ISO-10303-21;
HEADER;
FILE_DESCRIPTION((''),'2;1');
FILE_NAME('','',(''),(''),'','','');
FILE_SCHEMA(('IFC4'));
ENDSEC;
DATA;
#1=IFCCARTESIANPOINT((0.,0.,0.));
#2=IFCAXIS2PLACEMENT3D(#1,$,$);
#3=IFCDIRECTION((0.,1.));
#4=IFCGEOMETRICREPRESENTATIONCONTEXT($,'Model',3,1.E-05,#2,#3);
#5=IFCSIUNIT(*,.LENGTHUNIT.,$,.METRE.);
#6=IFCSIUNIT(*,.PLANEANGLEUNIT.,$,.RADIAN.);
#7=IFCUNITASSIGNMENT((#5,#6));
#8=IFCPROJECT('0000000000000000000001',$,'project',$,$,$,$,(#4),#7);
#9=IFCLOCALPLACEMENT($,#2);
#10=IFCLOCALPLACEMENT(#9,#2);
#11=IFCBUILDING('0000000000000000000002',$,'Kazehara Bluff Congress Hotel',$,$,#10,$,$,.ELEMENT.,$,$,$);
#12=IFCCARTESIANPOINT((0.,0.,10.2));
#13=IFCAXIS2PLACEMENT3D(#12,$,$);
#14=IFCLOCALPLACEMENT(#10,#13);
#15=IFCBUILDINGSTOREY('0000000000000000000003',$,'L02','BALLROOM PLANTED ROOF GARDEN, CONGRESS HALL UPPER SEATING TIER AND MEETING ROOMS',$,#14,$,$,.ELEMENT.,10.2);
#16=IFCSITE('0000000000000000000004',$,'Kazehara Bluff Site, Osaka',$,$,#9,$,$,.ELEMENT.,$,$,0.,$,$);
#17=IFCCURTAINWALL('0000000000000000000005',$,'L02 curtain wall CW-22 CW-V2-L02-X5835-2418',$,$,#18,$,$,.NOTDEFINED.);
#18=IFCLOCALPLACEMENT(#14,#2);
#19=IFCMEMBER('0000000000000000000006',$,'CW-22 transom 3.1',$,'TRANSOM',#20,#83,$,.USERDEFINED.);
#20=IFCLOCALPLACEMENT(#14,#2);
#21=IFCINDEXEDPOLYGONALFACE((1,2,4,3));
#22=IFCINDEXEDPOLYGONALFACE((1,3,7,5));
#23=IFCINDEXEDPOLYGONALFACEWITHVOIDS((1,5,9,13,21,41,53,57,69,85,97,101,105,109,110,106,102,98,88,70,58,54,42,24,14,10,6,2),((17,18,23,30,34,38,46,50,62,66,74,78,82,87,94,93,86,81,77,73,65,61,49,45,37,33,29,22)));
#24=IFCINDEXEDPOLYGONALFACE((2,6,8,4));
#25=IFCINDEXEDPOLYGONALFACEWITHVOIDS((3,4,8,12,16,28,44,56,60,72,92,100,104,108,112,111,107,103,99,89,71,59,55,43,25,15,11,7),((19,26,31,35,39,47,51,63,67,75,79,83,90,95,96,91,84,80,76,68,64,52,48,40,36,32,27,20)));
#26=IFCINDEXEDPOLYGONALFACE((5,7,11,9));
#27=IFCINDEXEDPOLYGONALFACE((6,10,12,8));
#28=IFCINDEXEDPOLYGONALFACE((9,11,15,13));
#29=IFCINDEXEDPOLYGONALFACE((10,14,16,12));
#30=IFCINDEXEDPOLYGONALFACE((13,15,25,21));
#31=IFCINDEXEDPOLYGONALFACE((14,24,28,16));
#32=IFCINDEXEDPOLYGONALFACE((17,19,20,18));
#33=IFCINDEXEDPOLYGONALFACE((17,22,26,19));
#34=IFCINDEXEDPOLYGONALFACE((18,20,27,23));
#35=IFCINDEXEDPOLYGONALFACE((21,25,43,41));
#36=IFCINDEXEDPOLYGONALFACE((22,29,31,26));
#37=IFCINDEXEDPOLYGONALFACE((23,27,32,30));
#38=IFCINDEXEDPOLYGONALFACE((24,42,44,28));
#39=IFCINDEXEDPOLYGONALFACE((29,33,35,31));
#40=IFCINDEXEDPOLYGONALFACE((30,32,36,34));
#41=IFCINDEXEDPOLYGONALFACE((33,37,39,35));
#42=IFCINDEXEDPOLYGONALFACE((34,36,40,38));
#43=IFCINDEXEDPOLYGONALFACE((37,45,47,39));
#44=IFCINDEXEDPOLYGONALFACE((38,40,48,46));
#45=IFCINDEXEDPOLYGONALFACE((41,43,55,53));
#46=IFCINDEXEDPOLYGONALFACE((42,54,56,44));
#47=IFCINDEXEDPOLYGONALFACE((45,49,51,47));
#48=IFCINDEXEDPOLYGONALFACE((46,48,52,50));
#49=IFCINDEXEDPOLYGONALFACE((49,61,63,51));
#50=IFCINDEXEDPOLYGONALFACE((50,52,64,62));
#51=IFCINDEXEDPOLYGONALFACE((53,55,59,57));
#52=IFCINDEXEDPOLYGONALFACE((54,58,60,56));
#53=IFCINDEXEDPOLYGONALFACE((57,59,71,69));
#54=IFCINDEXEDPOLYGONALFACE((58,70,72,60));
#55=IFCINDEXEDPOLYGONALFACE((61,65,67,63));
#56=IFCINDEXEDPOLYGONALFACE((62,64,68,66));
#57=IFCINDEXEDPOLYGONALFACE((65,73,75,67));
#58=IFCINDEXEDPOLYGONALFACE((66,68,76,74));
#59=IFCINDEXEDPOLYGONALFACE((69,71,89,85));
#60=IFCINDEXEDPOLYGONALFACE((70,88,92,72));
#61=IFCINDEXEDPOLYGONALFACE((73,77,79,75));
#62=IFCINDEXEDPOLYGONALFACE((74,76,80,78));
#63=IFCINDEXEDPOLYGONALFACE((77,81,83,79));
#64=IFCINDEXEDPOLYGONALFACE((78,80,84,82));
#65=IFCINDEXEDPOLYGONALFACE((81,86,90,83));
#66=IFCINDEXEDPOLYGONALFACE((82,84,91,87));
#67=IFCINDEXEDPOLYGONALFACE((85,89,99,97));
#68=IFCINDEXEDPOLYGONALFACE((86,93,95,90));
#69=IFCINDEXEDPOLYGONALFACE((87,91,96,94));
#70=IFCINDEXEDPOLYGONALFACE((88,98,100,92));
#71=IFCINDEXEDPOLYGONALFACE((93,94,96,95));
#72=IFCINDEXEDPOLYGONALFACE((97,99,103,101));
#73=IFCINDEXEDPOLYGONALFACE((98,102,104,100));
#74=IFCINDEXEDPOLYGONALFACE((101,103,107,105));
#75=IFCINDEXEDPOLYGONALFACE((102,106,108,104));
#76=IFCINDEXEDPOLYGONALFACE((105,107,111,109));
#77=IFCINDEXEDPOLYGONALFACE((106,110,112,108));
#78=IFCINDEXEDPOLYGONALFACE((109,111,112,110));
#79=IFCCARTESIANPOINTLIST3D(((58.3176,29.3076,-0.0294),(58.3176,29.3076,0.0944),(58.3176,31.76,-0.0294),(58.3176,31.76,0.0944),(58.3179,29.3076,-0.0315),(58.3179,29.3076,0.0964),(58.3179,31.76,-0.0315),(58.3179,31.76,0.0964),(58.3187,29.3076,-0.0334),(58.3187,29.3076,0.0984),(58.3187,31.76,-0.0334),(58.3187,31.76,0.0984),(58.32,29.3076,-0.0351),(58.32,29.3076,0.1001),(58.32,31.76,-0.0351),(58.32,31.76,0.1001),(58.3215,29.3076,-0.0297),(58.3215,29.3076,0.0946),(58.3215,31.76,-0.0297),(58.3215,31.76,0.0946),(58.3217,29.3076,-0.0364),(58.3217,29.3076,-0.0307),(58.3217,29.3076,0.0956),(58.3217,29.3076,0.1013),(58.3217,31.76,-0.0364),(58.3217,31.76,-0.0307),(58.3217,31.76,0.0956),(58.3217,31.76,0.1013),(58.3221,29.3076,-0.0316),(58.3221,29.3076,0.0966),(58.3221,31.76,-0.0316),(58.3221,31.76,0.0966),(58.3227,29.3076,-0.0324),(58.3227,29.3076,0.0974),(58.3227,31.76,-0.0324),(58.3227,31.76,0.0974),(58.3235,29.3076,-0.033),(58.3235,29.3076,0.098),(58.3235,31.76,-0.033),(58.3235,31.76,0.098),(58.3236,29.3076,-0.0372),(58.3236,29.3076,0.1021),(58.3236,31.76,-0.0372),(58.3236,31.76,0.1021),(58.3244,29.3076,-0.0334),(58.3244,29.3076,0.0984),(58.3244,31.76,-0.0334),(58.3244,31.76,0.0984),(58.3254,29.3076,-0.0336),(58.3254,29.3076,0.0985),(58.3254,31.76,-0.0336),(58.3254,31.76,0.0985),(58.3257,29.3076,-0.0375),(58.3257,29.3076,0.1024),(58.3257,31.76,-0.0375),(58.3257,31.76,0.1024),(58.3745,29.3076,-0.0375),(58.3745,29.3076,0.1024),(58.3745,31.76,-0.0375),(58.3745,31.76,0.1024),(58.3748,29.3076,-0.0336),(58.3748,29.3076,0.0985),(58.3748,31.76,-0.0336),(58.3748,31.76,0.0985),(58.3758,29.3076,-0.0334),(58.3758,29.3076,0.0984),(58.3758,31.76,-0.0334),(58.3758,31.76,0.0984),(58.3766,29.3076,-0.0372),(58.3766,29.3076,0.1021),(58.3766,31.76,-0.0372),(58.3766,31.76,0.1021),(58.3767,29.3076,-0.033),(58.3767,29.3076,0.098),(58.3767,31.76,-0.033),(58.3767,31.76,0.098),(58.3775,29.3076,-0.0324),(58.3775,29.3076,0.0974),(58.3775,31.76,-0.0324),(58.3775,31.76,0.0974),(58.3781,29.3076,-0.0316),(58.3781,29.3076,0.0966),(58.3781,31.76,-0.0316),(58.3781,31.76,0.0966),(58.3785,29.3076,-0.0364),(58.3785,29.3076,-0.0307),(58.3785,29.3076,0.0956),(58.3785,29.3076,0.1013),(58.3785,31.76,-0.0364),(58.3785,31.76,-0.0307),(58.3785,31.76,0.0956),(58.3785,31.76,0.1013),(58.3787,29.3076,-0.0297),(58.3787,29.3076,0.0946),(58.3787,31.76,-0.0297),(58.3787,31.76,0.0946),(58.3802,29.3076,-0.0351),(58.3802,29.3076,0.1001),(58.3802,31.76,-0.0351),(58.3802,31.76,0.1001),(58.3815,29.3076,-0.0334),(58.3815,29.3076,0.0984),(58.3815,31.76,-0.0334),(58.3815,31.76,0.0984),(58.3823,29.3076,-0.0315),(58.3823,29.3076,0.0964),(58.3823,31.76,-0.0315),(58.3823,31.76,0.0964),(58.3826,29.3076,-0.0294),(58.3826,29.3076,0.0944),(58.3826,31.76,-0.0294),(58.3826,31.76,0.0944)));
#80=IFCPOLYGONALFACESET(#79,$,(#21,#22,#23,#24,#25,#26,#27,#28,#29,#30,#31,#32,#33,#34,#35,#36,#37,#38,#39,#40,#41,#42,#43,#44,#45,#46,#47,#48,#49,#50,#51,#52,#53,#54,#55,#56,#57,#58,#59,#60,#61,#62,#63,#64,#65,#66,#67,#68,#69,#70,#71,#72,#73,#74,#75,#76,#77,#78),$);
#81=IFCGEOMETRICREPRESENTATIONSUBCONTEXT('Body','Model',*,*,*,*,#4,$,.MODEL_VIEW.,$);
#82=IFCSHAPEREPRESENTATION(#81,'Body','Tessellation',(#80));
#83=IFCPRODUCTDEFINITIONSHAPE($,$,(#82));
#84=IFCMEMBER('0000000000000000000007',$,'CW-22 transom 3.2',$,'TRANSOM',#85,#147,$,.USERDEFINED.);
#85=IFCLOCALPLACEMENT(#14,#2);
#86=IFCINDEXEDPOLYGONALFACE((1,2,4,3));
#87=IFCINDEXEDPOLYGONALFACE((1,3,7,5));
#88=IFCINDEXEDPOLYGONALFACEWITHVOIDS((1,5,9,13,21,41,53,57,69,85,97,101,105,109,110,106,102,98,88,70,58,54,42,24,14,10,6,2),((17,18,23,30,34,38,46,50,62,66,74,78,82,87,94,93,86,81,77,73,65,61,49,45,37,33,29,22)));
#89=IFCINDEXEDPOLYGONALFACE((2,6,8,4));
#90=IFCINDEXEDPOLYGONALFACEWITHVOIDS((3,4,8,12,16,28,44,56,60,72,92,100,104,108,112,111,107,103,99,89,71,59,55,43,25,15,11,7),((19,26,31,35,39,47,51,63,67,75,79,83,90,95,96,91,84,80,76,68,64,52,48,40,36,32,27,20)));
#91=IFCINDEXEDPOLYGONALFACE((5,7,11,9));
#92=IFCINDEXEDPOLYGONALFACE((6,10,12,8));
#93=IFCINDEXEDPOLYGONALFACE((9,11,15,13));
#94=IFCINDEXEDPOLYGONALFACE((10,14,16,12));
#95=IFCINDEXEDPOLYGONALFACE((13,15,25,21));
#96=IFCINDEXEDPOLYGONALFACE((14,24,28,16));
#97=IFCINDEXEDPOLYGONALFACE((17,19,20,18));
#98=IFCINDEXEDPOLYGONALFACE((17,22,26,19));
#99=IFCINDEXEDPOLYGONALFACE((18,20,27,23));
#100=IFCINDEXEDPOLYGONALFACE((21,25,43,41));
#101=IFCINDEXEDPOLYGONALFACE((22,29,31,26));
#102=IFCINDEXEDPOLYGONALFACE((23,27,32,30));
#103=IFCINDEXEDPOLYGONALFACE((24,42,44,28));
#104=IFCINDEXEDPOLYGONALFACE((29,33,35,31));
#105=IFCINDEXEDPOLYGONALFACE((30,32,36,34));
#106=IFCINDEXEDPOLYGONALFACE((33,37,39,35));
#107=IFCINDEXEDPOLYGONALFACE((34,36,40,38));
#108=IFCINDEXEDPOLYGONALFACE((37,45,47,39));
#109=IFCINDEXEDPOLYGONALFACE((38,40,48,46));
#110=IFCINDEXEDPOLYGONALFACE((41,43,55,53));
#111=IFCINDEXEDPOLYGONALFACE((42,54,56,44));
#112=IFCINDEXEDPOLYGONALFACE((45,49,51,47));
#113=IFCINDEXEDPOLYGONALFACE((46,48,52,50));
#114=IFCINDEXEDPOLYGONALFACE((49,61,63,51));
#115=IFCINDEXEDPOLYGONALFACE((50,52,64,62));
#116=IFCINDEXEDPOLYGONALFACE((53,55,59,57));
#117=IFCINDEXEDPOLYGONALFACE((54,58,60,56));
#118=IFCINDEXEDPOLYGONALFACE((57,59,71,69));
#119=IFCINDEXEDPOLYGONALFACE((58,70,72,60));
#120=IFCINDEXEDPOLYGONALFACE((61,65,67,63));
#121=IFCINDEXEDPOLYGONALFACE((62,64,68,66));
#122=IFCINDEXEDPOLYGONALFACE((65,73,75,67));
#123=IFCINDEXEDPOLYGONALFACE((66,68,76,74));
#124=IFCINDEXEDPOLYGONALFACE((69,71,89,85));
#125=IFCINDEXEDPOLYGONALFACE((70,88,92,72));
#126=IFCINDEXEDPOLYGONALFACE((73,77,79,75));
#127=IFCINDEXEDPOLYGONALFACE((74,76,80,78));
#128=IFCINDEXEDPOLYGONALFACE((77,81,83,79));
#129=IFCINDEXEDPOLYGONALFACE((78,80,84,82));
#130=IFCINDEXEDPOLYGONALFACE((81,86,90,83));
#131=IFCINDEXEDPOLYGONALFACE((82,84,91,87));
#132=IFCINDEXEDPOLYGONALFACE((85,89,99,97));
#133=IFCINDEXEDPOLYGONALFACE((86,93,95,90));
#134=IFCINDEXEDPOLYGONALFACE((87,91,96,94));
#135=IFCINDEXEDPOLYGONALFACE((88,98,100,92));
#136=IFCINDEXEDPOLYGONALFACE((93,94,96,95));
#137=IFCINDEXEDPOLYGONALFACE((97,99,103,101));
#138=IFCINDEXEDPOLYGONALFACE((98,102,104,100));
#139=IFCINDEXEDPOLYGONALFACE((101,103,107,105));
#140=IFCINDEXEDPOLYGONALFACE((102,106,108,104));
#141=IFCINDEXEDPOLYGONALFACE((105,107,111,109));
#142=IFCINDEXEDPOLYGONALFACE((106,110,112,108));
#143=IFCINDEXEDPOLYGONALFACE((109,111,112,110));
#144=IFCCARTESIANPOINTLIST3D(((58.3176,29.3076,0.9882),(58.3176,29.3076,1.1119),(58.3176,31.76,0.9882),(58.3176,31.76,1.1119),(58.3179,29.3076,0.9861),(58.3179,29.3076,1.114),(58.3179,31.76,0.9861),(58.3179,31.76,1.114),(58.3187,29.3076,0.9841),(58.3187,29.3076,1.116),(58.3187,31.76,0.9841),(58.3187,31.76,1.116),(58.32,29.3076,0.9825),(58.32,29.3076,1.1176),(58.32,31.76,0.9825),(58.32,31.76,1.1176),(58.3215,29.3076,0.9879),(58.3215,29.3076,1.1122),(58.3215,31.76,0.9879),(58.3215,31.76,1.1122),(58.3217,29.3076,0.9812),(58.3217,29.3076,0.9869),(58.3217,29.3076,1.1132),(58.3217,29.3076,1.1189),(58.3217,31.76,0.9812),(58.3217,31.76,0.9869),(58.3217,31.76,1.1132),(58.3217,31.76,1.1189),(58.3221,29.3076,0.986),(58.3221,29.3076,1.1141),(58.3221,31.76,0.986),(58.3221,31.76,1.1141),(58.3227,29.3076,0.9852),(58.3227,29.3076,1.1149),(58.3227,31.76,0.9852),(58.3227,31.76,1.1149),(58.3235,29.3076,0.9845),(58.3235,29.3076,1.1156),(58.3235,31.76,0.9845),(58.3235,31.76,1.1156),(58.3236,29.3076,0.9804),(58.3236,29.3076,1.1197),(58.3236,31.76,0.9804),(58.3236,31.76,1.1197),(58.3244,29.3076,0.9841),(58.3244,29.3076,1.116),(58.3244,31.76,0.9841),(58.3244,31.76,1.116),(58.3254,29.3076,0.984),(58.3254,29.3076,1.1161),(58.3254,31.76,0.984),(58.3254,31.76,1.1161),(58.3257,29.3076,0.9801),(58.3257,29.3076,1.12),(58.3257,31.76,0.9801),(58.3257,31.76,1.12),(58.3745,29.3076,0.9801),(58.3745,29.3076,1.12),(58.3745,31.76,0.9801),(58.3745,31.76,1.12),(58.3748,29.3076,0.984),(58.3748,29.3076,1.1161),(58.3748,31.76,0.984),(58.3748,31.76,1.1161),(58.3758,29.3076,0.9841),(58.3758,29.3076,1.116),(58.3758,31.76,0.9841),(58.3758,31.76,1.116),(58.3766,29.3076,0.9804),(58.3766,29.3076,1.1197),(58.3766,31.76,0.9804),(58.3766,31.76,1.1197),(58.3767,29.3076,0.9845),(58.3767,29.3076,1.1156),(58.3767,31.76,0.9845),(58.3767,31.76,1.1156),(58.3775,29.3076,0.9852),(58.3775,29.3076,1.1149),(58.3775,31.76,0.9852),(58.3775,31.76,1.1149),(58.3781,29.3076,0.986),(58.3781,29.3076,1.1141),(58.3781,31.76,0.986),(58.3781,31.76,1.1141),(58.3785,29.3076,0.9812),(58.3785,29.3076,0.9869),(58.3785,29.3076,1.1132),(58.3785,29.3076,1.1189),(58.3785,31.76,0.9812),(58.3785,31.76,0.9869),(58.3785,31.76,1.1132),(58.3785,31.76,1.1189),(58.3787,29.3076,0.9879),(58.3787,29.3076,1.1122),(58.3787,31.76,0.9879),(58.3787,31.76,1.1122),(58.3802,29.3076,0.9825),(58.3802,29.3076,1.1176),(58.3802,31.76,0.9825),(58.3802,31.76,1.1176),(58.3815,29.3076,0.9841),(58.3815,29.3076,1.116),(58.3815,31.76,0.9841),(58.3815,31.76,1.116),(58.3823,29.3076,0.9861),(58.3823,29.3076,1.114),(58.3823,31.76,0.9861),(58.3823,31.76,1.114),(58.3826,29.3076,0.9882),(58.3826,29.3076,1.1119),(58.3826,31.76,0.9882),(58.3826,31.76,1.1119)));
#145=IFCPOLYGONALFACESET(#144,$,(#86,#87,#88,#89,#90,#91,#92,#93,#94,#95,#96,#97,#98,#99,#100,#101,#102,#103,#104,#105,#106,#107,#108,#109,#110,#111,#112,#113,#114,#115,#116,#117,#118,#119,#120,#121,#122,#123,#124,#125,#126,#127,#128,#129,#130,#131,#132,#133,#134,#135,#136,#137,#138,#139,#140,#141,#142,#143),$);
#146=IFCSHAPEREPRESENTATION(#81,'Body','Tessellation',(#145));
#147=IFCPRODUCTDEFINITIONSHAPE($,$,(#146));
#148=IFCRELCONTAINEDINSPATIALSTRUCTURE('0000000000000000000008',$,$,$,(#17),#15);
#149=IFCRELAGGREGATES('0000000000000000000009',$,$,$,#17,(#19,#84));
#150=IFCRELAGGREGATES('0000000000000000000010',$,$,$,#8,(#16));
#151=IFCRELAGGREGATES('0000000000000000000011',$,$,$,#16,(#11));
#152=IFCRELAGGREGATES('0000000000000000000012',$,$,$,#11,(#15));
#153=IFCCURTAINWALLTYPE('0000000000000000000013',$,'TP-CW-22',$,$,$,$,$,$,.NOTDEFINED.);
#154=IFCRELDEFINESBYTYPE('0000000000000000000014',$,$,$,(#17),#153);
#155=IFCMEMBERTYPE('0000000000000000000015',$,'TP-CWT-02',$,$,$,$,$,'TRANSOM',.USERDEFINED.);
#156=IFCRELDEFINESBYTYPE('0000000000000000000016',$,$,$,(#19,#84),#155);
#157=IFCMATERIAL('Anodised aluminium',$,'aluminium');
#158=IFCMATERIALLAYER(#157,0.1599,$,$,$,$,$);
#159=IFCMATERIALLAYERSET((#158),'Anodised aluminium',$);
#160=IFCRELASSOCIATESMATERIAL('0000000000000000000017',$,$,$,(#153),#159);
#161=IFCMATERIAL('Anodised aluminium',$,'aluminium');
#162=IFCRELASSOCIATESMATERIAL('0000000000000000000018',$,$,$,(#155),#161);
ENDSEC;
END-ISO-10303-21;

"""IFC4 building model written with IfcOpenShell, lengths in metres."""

from ifc_helpers import new_model, si_unit, direction, frame, origin, origin_2d, place, context, subcontext, project, spatial, hollow_rectangle, extrude, material, layer, layer_set, material_profile, profile_set, type_object, element, aggregate, save


model = new_model("IFC4")

# Units and contexts
model_context = context("Model", 3, precision=1e-05, world=origin(), true_north=direction((0.0, 1.0)))
body_context = subcontext(model_context, "Body", "Model", "MODEL_VIEW")
ifc_project = project(units=[si_unit("LENGTHUNIT", "METRE"), si_unit("PLANEANGLEUNIT", "RADIAN")], contexts=[model_context])

# Site, building, storey
site_placement = place(None, origin())
site = spatial("IfcSite", under=ifc_project, at=site_placement, Name="Kazehara Bluff Site, Osaka", CompositionType="ELEMENT", RefElevation=0.0)
building_placement = place(site_placement, origin())
building = spatial("IfcBuilding", under=site, at=building_placement, Name="Kazehara Bluff Congress Hotel", CompositionType="ELEMENT")
storey_placement = place(building_placement, frame((0.0, 0.0, 10.2)))
storey = spatial("IfcBuildingStorey", under=building, at=storey_placement, Name="L02", Description="BALLROOM PLANTED ROOF GARDEN, CONGRESS HALL UPPER SEATING TIER AND MEETING ROOMS", CompositionType="ELEMENT", Elevation=10.2)

# Curtain wall
ifc_material_1 = material(Name="Anodised aluminium", Category="aluminium")
ifc_layer_1 = layer(ifc_material_1, 0.1599)
ifc_layer_set_1 = layer_set([ifc_layer_1], Name="Anodised aluminium")
curtain_wall_type_1 = type_object("IfcCurtainWallType", Name="TP-CW-22", PredefinedType="NOTDEFINED", material=ifc_layer_set_1)
curtain_wall_1_placement = place(storey_placement, origin())
curtain_wall_1 = element("IfcCurtainWall", 1, at=curtain_wall_1_placement, inside=storey, type_object=curtain_wall_type_1, Name="L02 curtain wall CW-22 CW-V2-L02-X5835-2418", PredefinedType="NOTDEFINED")

# Members
ifc_material_2 = material(Name="Anodised aluminium", Category="aluminium")
ifc_material_profile_1 = material_profile(ifc_material_2, hollow_rectangle(XDim=0.0649, YDim=0.1399, WallThickness=0.0039, InnerFilletRadius=0.0039, OuterFilletRadius=0.0081, at=origin_2d()))
ifc_profile_set_1 = profile_set([ifc_material_profile_1], Name="Anodised aluminium")
member_type_1 = type_object("IfcMemberType", Name="TP-CWT-02", ElementType="TRANSOM", PredefinedType="USERDEFINED", material=ifc_profile_set_1)
member_1_placement = place(storey_placement, frame((58.3501, 29.3076, 0.0325), z_axis=(0.0, 1.0, 0.0), x_axis=(-1.0, 0.0, 0.0)))
member_1 = element("IfcMember", 2, at=member_1_placement, type_object=member_type_1, Name="CW-22 transom 3.1", ObjectType="TRANSOM", PredefinedType="USERDEFINED", context=body_context, shape_type="SweptSolid", body=[
    extrude(hollow_rectangle(XDim=0.0649, YDim=0.1399, WallThickness=0.0039, InnerFilletRadius=0.0039, OuterFilletRadius=0.0081, at=origin_2d()), origin(), (0.0, 0.0, 1.0), 2.4524),
])
member_2_placement = place(storey_placement, frame((58.3501, 29.3076, 1.05), z_axis=(0.0, 1.0, 0.0), x_axis=(-1.0, 0.0, 0.0)))
member_2 = element("IfcMember", 3, at=member_2_placement, type_object=member_type_1, Name="CW-22 transom 3.2", ObjectType="TRANSOM", PredefinedType="USERDEFINED", context=body_context, shape_type="SweptSolid", body=[
    extrude(hollow_rectangle(XDim=0.0649, YDim=0.1399, WallThickness=0.0039, InnerFilletRadius=0.0039, OuterFilletRadius=0.0081, at=origin_2d()), origin(), (0.0, 0.0, 1.0), 2.4524),
])

aggregate(curtain_wall_1, [member_1, member_2])

save(model, "model.ifc")
